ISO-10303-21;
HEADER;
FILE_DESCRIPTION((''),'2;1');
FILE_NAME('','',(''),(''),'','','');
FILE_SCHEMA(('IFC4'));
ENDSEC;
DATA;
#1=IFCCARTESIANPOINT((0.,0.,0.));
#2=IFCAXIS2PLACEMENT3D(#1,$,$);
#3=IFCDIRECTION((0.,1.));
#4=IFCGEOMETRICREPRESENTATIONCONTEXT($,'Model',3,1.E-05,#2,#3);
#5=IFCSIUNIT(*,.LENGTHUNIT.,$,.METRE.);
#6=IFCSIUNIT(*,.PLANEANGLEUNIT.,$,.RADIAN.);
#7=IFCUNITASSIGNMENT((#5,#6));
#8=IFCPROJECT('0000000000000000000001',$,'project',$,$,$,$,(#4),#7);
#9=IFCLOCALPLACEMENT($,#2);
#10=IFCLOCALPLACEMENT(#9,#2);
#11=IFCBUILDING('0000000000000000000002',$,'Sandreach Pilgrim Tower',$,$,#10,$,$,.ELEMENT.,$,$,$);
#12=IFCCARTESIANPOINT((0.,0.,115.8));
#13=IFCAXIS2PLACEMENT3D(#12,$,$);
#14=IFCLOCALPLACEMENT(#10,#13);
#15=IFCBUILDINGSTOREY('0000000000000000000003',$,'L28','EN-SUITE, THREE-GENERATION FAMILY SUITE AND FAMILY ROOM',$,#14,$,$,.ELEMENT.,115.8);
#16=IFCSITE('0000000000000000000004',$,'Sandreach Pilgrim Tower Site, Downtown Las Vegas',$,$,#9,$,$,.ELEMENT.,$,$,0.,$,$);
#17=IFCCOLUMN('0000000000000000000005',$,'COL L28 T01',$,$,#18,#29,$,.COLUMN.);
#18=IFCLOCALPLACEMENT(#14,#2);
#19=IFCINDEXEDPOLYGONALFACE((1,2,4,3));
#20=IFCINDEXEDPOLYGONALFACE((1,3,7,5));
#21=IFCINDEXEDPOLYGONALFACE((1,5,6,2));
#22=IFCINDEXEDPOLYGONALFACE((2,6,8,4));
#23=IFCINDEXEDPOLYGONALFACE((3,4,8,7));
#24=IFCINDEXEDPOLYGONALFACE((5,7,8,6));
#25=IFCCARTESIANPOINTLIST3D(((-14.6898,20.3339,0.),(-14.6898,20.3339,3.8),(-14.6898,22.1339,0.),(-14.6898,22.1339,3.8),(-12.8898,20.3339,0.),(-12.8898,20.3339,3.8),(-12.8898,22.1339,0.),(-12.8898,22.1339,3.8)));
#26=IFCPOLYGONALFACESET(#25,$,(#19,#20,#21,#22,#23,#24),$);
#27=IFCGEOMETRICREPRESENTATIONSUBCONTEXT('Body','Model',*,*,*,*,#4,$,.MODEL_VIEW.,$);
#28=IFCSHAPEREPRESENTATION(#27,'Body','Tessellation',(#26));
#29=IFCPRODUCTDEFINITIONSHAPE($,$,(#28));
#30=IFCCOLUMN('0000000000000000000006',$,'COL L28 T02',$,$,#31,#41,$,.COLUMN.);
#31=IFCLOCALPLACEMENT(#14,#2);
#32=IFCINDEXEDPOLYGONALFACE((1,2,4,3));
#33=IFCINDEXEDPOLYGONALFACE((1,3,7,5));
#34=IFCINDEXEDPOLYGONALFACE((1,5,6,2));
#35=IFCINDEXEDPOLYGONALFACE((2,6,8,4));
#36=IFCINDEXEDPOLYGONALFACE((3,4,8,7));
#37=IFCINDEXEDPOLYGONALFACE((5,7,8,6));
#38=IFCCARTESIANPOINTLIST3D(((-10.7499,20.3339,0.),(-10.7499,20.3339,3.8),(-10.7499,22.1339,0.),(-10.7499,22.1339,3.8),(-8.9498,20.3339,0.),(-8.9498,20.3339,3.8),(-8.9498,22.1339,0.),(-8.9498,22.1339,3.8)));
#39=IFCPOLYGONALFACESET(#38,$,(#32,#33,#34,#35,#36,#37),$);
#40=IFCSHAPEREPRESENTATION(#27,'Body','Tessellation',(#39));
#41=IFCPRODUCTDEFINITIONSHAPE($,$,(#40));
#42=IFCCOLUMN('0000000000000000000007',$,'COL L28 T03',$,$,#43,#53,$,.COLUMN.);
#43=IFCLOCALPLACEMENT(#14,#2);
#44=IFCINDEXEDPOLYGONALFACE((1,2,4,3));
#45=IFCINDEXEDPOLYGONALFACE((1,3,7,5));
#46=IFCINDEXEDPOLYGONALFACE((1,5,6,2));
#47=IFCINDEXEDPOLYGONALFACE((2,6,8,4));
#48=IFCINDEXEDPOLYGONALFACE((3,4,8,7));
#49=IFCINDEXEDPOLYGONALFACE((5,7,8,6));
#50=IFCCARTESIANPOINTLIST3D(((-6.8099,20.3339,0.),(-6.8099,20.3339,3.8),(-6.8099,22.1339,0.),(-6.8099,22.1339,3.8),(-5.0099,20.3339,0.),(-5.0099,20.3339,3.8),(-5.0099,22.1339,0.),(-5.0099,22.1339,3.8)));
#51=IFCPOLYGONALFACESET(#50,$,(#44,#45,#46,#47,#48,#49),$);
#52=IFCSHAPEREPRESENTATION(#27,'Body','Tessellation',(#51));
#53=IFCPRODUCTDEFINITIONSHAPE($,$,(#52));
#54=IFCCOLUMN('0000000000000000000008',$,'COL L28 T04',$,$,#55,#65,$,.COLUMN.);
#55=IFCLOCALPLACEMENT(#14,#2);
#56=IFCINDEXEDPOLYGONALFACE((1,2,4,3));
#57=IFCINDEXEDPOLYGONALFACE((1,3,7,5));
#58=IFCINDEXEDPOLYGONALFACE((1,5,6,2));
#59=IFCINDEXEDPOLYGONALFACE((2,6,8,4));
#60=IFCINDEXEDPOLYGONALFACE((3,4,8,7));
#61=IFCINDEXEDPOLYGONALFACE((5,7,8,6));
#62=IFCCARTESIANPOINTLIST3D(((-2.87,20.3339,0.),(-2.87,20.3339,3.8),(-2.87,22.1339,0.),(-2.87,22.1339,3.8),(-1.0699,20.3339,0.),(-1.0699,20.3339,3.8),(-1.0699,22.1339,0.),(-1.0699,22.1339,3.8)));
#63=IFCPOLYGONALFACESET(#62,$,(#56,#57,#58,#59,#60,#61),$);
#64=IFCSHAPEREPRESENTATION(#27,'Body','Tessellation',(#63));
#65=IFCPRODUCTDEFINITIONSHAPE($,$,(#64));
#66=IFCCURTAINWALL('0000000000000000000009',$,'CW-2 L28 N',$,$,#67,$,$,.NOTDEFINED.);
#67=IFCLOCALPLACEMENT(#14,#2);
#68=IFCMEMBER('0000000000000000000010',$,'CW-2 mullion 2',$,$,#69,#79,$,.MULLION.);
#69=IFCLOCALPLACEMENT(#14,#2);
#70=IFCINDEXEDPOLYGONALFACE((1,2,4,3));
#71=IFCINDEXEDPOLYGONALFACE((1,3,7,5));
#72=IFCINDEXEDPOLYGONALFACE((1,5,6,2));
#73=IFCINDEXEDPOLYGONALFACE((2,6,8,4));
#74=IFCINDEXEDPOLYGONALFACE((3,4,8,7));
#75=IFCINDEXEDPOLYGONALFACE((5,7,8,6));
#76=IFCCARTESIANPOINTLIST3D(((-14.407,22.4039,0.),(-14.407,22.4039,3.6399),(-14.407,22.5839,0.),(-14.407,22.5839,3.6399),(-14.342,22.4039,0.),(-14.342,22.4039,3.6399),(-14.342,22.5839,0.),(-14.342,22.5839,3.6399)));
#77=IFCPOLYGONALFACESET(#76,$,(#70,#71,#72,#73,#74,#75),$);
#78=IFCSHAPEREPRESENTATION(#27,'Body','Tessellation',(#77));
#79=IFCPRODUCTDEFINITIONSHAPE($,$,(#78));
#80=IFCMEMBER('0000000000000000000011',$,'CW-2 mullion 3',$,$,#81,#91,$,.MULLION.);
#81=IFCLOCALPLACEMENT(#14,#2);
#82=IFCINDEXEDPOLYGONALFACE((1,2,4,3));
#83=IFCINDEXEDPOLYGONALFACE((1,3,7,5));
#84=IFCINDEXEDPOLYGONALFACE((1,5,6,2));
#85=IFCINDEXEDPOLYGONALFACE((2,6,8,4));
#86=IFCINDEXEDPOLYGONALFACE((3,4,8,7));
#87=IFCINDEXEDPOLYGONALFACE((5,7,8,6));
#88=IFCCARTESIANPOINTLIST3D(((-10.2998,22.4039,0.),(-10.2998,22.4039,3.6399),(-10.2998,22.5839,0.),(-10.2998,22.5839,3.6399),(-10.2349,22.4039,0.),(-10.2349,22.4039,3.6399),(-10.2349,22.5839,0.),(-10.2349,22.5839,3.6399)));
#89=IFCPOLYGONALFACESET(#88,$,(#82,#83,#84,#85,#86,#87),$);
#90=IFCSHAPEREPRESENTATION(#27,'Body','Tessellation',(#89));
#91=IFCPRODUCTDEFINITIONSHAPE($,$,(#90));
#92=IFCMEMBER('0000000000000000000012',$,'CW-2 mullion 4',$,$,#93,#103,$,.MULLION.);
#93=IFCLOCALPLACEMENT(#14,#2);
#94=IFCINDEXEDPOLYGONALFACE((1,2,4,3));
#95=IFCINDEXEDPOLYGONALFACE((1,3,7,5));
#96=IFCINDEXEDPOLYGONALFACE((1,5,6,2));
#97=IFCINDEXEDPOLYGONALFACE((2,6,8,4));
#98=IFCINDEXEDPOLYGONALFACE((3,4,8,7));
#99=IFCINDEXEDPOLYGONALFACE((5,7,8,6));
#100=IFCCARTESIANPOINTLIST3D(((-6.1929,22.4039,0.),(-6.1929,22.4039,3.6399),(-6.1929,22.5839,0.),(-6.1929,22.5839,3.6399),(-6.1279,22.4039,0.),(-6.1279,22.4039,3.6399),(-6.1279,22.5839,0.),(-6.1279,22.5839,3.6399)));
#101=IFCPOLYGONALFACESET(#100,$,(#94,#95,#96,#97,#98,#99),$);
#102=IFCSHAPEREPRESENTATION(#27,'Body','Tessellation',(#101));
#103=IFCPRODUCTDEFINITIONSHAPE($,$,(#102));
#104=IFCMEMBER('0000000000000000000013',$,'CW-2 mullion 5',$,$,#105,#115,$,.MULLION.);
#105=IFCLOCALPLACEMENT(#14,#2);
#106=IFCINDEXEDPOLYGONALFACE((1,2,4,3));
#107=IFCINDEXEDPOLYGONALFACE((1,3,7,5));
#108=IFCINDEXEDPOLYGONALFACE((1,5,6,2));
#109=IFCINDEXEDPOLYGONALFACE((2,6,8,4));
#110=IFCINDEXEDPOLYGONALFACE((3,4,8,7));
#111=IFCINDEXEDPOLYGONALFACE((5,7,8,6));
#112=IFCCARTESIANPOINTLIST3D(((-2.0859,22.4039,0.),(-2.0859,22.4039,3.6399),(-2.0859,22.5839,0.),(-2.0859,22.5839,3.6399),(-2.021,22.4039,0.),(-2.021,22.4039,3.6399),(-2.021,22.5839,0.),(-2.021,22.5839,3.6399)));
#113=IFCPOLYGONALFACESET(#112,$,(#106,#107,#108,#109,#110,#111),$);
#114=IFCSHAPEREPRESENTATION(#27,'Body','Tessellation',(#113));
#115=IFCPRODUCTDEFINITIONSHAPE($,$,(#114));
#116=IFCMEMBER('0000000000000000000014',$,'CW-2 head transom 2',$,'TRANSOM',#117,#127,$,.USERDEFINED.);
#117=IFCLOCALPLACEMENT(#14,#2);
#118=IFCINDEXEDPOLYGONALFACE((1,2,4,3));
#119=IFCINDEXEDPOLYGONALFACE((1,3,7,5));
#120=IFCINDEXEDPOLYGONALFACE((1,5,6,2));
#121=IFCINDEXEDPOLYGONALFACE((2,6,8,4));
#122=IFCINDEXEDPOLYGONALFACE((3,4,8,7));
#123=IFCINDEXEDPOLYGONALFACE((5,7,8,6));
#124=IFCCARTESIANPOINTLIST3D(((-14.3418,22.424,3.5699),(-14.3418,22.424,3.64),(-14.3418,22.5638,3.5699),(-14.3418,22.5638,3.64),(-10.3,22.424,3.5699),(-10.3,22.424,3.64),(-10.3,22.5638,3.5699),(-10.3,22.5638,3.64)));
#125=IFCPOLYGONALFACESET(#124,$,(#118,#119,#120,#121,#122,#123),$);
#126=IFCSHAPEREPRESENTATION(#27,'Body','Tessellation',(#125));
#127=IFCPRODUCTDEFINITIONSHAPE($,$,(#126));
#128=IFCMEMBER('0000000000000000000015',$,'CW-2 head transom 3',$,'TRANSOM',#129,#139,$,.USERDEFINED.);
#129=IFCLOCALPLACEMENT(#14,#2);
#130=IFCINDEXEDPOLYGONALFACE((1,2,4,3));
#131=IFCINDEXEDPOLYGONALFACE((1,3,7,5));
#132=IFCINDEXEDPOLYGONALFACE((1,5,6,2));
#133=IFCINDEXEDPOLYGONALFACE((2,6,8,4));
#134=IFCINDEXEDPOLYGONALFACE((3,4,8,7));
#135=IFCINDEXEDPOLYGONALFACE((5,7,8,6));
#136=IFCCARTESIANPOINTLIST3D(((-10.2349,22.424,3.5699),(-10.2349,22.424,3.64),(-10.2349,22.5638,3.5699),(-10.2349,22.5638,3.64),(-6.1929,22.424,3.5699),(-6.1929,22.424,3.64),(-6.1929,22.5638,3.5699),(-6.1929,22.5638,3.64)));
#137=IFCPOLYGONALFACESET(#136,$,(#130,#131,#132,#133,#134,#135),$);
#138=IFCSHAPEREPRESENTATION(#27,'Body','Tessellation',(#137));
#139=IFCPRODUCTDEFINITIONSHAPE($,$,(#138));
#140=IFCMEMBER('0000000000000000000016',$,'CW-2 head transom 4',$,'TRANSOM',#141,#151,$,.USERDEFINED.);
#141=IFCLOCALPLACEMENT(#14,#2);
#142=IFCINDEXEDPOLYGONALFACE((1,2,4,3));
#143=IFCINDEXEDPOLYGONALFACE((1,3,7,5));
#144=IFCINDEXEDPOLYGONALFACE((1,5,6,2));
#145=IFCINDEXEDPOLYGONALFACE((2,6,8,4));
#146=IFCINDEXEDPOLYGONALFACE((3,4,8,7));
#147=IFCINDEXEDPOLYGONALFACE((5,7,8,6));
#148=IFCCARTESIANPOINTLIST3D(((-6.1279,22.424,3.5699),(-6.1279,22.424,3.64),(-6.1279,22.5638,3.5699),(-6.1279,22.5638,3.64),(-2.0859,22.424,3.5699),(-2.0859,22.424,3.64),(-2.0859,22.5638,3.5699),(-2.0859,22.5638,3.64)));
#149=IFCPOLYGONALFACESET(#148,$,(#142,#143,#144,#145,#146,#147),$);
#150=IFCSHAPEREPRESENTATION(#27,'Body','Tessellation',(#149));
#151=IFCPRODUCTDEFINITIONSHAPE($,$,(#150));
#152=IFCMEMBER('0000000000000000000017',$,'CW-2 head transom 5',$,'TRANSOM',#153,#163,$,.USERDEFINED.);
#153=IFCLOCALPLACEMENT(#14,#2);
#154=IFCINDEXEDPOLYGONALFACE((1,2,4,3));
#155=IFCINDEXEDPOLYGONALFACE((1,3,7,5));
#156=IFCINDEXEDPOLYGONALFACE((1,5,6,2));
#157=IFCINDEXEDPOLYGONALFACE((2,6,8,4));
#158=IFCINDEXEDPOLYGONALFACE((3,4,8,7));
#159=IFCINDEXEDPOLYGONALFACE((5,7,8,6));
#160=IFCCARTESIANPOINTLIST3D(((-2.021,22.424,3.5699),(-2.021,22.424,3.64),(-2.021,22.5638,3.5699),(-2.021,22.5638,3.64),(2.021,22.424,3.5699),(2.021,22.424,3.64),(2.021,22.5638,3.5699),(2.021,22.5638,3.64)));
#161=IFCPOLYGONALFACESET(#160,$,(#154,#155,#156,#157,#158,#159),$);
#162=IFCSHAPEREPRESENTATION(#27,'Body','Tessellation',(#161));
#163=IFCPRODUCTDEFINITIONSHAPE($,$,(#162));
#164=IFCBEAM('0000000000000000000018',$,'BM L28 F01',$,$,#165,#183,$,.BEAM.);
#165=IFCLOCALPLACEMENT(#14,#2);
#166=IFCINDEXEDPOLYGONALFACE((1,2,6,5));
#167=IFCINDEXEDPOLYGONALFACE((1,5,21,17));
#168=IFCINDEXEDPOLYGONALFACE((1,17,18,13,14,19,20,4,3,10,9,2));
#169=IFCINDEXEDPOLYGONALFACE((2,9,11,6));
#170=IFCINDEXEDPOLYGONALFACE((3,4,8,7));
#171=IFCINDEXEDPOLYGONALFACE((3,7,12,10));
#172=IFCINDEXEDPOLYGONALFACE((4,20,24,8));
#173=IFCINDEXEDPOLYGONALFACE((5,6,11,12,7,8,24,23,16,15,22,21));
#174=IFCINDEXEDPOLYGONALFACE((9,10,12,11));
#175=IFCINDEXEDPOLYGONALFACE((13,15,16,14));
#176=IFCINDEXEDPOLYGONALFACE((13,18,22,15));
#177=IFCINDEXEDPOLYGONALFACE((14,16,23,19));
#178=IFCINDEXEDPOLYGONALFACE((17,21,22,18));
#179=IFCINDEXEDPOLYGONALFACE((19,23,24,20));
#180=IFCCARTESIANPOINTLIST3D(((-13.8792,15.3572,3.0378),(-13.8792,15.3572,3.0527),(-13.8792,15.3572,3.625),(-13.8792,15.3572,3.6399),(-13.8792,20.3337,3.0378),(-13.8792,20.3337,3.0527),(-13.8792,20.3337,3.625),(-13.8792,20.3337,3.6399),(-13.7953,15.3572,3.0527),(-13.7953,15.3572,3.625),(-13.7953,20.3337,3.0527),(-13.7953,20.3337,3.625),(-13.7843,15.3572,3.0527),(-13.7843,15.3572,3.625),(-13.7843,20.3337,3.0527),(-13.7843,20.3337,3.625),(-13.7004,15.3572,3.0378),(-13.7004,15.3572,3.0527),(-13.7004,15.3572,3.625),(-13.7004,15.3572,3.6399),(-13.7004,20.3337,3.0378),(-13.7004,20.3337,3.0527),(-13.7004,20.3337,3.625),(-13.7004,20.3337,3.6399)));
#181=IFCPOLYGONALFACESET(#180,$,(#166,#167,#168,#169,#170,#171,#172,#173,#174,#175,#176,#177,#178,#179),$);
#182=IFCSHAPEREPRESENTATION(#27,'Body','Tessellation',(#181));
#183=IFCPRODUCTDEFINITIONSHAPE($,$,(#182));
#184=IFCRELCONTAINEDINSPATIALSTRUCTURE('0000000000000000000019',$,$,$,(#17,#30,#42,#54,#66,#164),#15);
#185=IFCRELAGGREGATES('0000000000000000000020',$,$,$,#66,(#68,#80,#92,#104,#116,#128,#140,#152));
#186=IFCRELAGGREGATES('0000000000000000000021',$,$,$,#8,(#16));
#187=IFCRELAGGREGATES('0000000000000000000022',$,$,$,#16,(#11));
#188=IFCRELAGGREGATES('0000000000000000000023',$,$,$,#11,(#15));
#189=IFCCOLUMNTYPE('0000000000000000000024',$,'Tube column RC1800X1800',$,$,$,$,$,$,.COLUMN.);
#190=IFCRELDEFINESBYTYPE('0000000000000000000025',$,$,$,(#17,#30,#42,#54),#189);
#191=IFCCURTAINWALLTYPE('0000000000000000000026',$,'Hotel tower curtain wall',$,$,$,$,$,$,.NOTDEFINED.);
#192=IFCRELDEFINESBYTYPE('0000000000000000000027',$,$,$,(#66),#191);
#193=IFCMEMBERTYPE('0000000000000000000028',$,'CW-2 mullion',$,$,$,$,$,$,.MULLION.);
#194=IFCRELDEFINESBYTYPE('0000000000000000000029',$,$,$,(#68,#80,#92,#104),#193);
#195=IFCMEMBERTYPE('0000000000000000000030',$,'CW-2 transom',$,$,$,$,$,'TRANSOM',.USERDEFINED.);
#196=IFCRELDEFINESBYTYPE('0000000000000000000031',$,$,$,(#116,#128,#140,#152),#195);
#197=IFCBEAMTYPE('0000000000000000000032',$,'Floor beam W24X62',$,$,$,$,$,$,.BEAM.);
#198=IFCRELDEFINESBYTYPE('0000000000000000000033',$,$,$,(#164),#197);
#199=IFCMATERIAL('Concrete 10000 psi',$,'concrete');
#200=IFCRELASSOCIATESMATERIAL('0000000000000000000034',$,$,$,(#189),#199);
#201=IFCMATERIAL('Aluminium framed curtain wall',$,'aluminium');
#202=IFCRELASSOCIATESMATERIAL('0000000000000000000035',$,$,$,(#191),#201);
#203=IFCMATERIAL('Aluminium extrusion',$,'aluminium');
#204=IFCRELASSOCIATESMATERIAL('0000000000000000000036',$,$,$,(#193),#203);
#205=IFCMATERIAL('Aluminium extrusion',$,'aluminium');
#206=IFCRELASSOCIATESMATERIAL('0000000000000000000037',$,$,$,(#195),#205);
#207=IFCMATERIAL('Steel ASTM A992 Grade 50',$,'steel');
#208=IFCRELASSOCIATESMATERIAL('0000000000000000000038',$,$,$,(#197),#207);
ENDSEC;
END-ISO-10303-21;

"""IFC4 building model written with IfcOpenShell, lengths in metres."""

from ifc_helpers import new_model, si_unit, direction, frame, origin, origin_2d, place, context, subcontext, project, spatial, rectangle, i_section, extrude, material, material_profile, profile_set, type_object, element, aggregate, save


model = new_model("IFC4")

# Units and contexts
model_context = context("Model", 3, precision=1e-05, world=origin(), true_north=direction((0.0, 1.0)))
body_context = subcontext(model_context, "Body", "Model", "MODEL_VIEW")
ifc_project = project(units=[si_unit("LENGTHUNIT", "METRE"), si_unit("PLANEANGLEUNIT", "RADIAN")], contexts=[model_context])

# Site, building, storey
site_placement = place(None, origin())
site = spatial("IfcSite", under=ifc_project, at=site_placement, Name="Sandreach Pilgrim Tower Site, Downtown Las Vegas", CompositionType="ELEMENT", RefElevation=0.0)
building_placement = place(site_placement, origin())
building = spatial("IfcBuilding", under=site, at=building_placement, Name="Sandreach Pilgrim Tower", CompositionType="ELEMENT")
storey_placement = place(building_placement, frame((0.0, 0.0, 115.8)))
storey = spatial("IfcBuildingStorey", under=building, at=storey_placement, Name="L28", Description="EN-SUITE, THREE-GENERATION FAMILY SUITE AND FAMILY ROOM", CompositionType="ELEMENT", Elevation=115.8)

# Columns
ifc_material_1 = material(Name="Concrete 10000 psi", Category="concrete")
ifc_material_profile_1 = material_profile(ifc_material_1, rectangle(XDim=1.8, YDim=1.8, at=origin_2d()), Name="RC1800X1800")
ifc_profile_set_1 = profile_set([ifc_material_profile_1], Name="Concrete 10000 psi")
column_type = type_object("IfcColumnType", Name="Tube column RC1800X1800", PredefinedType="COLUMN", material=ifc_profile_set_1)
for number, where, z_axis, x_axis, name in (
    (1, (-13.7898, 21.2339, 0.0), (0.0, 0.0, 1.0), (0.0, 1.0, 0.0), "COL L28 T01"),
    (2, (-9.8499, 21.2339, 0.0), (0.0, 0.0, 1.0), (0.0, 1.0, 0.0), "COL L28 T02"),
    (3, (-5.9099, 21.2339, 0.0), (0.0, 0.0, 1.0), (0.0, 1.0, 0.0), "COL L28 T03"),
    (4, (-1.97, 21.2339, 0.0), (0.0, 0.0, 1.0), (0.0, 1.0, 0.0), "COL L28 T04"),
):
    element("IfcColumn", number, at=place(storey_placement, frame(where, z_axis=z_axis, x_axis=x_axis)), inside=storey, type_object=column_type, Name=name, PredefinedType="COLUMN", context=body_context, shape_type="SweptSolid", body=[
        extrude(rectangle(XDim=1.8, YDim=1.8, at=origin_2d()), origin(), (0.0, 0.0, 1.0), 3.8),
    ])

# Curtain wall, members
ifc_material_2 = material(Name="Aluminium framed curtain wall", Category="aluminium")
curtain_wall_type = type_object("IfcCurtainWallType", Name="Hotel tower curtain wall", PredefinedType="NOTDEFINED", material=ifc_material_2)
curtain_wall_placement = place(storey_placement, origin())
curtain_wall = element("IfcCurtainWall", 5, at=curtain_wall_placement, inside=storey, type_object=curtain_wall_type, Name="CW-2 L28 N", PredefinedType="NOTDEFINED")
ifc_material_3 = material(Name="Aluminium extrusion", Category="aluminium")
ifc_material_profile_2 = material_profile(ifc_material_3, rectangle(XDim=0.0649, YDim=0.1799, at=origin_2d()), Name="CW-2M 65X180")
ifc_profile_set_2 = profile_set([ifc_material_profile_2], Name="Aluminium extrusion")
member_type_1 = type_object("IfcMemberType", Name="CW-2 mullion", PredefinedType="MULLION", material=ifc_profile_set_2)
member_1_placement = place(storey_placement, frame((-14.3745, 22.4939, 0.0), z_axis=(0.0, 0.0, 1.0), x_axis=(1.0, 0.0, 0.0)))
member_1 = element("IfcMember", 6, at=member_1_placement, type_object=member_type_1, Name="CW-2 mullion 2", PredefinedType="MULLION", context=body_context, shape_type="SweptSolid", body=[
    extrude(rectangle(XDim=0.0649, YDim=0.1799, at=origin_2d()), origin(), (0.0, 0.0, 1.0), 3.6399),
])
member_2_placement = place(storey_placement, frame((-10.2673, 22.4939, 0.0), z_axis=(0.0, 0.0, 1.0), x_axis=(1.0, 0.0, 0.0)))
member_2 = element("IfcMember", 7, at=member_2_placement, type_object=member_type_1, Name="CW-2 mullion 3", PredefinedType="MULLION", context=body_context, shape_type="SweptSolid", body=[
    extrude(rectangle(XDim=0.0649, YDim=0.1799, at=origin_2d()), origin(), (0.0, 0.0, 1.0), 3.6399),
])
member_3_placement = place(storey_placement, frame((-6.1604, 22.4939, 0.0), z_axis=(0.0, 0.0, 1.0), x_axis=(1.0, 0.0, 0.0)))
member_3 = element("IfcMember", 8, at=member_3_placement, type_object=member_type_1, Name="CW-2 mullion 4", PredefinedType="MULLION", context=body_context, shape_type="SweptSolid", body=[
    extrude(rectangle(XDim=0.0649, YDim=0.1799, at=origin_2d()), origin(), (0.0, 0.0, 1.0), 3.6399),
])
member_4_placement = place(storey_placement, frame((-2.0535, 22.4939, 0.0), z_axis=(0.0, 0.0, 1.0), x_axis=(1.0, 0.0, 0.0)))
member_4 = element("IfcMember", 9, at=member_4_placement, type_object=member_type_1, Name="CW-2 mullion 5", PredefinedType="MULLION", context=body_context, shape_type="SweptSolid", body=[
    extrude(rectangle(XDim=0.0649, YDim=0.1799, at=origin_2d()), origin(), (0.0, 0.0, 1.0), 3.6399),
])
ifc_material_4 = material(Name="Aluminium extrusion", Category="aluminium")
ifc_material_profile_3 = material_profile(ifc_material_4, rectangle(XDim=0.1399, YDim=0.0701, at=origin_2d()), Name="CW-2T 140X70")
ifc_profile_set_3 = profile_set([ifc_material_profile_3], Name="Aluminium extrusion")
member_type_2 = type_object("IfcMemberType", Name="CW-2 transom", ElementType="TRANSOM", PredefinedType="USERDEFINED", material=ifc_profile_set_3)
member_5_placement = place(storey_placement, frame((-14.3418, 22.4939, 3.605), z_axis=(1.0, 0.0, 0.0), x_axis=(0.0, 1.0, 0.0)))
member_5 = element("IfcMember", 10, at=member_5_placement, type_object=member_type_2, Name="CW-2 head transom 2", ObjectType="TRANSOM", PredefinedType="USERDEFINED", context=body_context, shape_type="SweptSolid", body=[
    extrude(rectangle(XDim=0.1399, YDim=0.0701, at=origin_2d()), origin(), (0.0, 0.0, 1.0), 4.0417),
])
member_6_placement = place(storey_placement, frame((-10.2349, 22.4939, 3.605), z_axis=(1.0, 0.0, 0.0), x_axis=(0.0, 1.0, 0.0)))
member_6 = element("IfcMember", 11, at=member_6_placement, type_object=member_type_2, Name="CW-2 head transom 3", ObjectType="TRANSOM", PredefinedType="USERDEFINED", context=body_context, shape_type="SweptSolid", body=[
    extrude(rectangle(XDim=0.1399, YDim=0.0701, at=origin_2d()), origin(), (0.0, 0.0, 1.0), 4.042),
])
member_7_placement = place(storey_placement, frame((-6.1279, 22.4939, 3.605), z_axis=(1.0, 0.0, 0.0), x_axis=(0.0, 1.0, 0.0)))
member_7 = element("IfcMember", 12, at=member_7_placement, type_object=member_type_2, Name="CW-2 head transom 4", ObjectType="TRANSOM", PredefinedType="USERDEFINED", context=body_context, shape_type="SweptSolid", body=[
    extrude(rectangle(XDim=0.1399, YDim=0.0701, at=origin_2d()), origin(), (0.0, 0.0, 1.0), 4.042),
])
member_8_placement = place(storey_placement, frame((-2.021, 22.4939, 3.605), z_axis=(1.0, 0.0, 0.0), x_axis=(0.0, 1.0, 0.0)))
member_8 = element("IfcMember", 13, at=member_8_placement, type_object=member_type_2, Name="CW-2 head transom 5", ObjectType="TRANSOM", PredefinedType="USERDEFINED", context=body_context, shape_type="SweptSolid", body=[
    extrude(rectangle(XDim=0.1399, YDim=0.0701, at=origin_2d()), origin(), (0.0, 0.0, 1.0), 4.042),
])

# Beam
ifc_material_5 = material(Name="Steel ASTM A992 Grade 50", Category="steel")
ifc_material_profile_4 = material_profile(ifc_material_5, i_section(OverallWidth=0.1787, OverallDepth=0.6021, WebThickness=0.011, FlangeThickness=0.0149, at=origin_2d()), Name="W24X62")
ifc_profile_set_4 = profile_set([ifc_material_profile_4], Name="Steel ASTM A992 Grade 50")
beam_type_1 = type_object("IfcBeamType", Name="Floor beam W24X62", PredefinedType="BEAM", material=ifc_profile_set_4)
beam_1_placement = place(storey_placement, frame((-13.7898, 20.3337, 3.3389), z_axis=(0.0, -1.0, 0.0), x_axis=(1.0, 0.0, 0.0)))
element("IfcBeam", 14, at=beam_1_placement, inside=storey, type_object=beam_type_1, Name="BM L28 F01", PredefinedType="BEAM", context=body_context, shape_type="SweptSolid", body=[
    extrude(i_section(OverallWidth=0.1787, OverallDepth=0.6021, WebThickness=0.011, FlangeThickness=0.0149, at=origin_2d()), origin(), (0.0, 0.0, 1.0), 4.9766),
])

aggregate(curtain_wall, [member_1, member_2, member_3, member_4, member_5, member_6, member_7, member_8])

save(model, "model.ifc")
